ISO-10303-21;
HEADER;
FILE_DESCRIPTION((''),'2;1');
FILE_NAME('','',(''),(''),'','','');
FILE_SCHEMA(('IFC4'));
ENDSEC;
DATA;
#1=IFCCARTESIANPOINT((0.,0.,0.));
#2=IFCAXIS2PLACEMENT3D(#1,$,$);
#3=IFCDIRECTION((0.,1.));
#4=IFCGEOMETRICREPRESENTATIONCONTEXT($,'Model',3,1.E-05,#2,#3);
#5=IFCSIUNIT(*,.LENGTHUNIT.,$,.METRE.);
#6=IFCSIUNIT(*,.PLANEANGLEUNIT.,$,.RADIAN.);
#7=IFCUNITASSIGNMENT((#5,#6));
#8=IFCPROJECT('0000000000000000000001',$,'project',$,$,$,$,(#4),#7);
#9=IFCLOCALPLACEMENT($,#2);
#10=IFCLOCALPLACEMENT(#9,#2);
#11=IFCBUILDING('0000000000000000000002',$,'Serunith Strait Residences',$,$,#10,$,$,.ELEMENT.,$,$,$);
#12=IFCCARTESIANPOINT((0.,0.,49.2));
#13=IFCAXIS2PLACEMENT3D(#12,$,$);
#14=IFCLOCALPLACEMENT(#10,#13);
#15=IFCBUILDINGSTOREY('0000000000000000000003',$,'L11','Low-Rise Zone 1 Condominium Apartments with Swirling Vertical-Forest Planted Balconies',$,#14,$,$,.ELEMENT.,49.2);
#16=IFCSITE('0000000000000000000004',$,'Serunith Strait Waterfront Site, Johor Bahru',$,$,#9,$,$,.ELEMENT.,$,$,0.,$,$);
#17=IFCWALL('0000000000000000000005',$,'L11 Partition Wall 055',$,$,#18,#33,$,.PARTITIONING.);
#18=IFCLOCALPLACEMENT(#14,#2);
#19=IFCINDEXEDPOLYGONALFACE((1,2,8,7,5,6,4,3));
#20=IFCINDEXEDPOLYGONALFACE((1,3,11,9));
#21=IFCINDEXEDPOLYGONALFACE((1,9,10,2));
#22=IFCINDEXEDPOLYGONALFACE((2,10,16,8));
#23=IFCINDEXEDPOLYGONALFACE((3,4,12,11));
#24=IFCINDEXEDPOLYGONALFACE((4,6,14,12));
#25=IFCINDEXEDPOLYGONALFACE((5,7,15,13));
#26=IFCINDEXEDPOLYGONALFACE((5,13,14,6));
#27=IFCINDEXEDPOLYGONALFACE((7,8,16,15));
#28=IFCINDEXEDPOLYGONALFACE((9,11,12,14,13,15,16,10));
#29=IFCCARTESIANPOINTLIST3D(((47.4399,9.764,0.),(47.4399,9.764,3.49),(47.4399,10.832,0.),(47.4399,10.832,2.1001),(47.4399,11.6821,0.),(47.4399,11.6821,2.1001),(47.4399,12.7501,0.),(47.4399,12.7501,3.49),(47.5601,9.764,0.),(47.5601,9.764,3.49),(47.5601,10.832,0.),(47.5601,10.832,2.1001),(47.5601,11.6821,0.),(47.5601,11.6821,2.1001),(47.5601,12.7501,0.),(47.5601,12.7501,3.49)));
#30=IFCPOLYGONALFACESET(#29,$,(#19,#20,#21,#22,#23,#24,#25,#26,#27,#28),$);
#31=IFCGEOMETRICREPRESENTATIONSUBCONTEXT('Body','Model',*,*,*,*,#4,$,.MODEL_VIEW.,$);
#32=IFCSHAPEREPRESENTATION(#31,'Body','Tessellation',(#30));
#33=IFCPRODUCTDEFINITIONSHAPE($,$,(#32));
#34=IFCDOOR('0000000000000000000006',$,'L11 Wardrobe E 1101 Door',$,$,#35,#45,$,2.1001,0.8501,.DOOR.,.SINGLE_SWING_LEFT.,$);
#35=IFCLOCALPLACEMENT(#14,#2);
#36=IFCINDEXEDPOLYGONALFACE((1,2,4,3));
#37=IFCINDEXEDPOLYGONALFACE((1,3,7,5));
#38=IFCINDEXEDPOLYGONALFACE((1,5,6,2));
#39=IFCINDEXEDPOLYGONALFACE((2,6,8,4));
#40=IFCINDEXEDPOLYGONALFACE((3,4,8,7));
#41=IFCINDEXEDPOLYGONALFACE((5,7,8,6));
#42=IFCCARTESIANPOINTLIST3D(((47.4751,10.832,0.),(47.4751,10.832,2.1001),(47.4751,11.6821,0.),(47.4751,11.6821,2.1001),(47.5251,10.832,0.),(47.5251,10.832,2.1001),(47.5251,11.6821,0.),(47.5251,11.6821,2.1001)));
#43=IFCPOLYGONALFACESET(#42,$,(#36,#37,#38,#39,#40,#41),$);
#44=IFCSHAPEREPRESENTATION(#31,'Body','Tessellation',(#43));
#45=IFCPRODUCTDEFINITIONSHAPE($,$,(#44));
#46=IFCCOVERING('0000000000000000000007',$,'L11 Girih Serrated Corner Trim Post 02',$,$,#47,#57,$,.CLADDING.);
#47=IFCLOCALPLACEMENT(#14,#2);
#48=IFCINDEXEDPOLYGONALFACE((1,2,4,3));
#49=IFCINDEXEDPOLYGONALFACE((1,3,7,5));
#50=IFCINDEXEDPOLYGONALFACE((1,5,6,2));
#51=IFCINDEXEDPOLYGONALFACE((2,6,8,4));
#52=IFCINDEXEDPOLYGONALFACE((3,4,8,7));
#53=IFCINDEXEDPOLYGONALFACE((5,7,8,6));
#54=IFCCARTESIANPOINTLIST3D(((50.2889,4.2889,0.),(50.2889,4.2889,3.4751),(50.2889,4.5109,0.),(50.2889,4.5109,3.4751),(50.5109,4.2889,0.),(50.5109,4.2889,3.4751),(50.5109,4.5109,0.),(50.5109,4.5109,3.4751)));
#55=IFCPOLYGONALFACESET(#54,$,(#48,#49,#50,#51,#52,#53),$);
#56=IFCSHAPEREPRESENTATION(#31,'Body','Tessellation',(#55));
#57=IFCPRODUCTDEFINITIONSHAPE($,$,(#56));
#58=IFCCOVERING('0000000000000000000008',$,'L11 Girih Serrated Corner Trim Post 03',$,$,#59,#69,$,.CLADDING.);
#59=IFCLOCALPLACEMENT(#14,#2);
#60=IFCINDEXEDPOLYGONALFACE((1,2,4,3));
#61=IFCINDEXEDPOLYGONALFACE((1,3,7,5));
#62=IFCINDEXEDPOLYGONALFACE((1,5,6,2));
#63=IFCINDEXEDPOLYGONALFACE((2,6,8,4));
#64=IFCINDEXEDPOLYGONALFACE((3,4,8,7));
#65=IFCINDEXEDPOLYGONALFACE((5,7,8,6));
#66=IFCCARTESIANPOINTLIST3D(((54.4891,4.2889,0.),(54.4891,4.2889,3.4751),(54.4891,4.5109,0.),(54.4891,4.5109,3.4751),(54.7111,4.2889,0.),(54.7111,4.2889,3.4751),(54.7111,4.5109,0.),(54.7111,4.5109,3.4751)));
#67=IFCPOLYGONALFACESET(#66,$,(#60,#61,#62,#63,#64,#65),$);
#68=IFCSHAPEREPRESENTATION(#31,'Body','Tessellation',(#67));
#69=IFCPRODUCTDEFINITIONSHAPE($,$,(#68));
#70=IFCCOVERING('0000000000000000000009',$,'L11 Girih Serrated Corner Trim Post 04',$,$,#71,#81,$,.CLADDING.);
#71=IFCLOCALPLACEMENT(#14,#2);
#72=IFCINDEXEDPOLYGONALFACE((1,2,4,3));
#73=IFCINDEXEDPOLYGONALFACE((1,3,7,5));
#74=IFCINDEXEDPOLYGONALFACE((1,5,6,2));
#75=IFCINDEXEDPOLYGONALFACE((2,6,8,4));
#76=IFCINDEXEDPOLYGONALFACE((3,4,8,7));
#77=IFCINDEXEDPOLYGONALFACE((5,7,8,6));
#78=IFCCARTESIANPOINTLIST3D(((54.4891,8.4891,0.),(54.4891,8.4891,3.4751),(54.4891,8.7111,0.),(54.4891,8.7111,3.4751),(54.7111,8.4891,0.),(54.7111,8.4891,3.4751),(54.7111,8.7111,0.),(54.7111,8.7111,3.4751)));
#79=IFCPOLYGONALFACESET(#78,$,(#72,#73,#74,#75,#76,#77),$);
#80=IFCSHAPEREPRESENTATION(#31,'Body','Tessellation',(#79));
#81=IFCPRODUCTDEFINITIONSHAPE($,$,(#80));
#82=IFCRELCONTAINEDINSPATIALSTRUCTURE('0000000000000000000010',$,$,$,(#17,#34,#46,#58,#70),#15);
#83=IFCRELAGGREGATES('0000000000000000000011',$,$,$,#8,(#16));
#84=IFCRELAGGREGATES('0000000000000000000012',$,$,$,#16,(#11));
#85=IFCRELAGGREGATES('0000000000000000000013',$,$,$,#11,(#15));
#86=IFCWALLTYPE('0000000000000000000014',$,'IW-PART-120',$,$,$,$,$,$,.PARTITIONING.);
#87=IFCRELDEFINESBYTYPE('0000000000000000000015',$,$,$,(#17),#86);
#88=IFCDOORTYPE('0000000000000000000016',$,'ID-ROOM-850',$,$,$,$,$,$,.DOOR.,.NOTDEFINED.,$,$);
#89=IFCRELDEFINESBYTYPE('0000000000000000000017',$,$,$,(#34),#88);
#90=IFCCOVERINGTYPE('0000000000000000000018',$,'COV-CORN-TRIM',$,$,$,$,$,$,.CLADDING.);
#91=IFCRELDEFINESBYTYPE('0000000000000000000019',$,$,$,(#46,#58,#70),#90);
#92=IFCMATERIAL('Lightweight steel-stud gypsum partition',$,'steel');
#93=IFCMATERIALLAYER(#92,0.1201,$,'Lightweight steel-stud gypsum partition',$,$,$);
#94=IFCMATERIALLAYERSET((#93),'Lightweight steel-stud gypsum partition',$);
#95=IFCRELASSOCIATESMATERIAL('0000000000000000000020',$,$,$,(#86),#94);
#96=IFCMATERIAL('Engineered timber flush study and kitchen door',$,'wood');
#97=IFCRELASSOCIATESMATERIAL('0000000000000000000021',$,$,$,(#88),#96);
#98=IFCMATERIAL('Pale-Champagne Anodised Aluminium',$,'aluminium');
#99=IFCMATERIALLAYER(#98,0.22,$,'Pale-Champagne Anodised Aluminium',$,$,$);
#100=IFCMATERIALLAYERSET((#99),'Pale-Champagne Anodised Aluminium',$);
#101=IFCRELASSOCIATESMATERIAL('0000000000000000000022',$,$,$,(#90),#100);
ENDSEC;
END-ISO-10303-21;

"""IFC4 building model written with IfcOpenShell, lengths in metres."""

from ifc_helpers import new_model, si_unit, direction, frame, frame_2d, origin, origin_2d, place, context, subcontext, project, spatial, rectangle, extrude, source, transform, mapped, material, layer, layer_set, type_object, element, fill, save


model = new_model("IFC4")

# Units and contexts
model_context = context("Model", 3, precision=1e-05, world=origin(), true_north=direction((0.0, 1.0)))
body_context = subcontext(model_context, "Body", "Model", "MODEL_VIEW")
ifc_project = project(units=[si_unit("LENGTHUNIT", "METRE"), si_unit("PLANEANGLEUNIT", "RADIAN")], contexts=[model_context])

# Site, building, storey
site_placement = place(None, origin())
site = spatial("IfcSite", under=ifc_project, at=site_placement, Name="Serunith Strait Waterfront Site, Johor Bahru", CompositionType="ELEMENT", RefElevation=0.0)
building_placement = place(site_placement, origin())
building = spatial("IfcBuilding", under=site, at=building_placement, Name="Serunith Strait Residences", CompositionType="ELEMENT")
storey_placement = place(building_placement, frame((0.0, 0.0, 49.2)))
storey = spatial("IfcBuildingStorey", under=building, at=storey_placement, Name="L11", Description="Low-Rise Zone 1 Condominium Apartments with Swirling Vertical-Forest Planted Balconies", CompositionType="ELEMENT", Elevation=49.2)

# Shared definitions
ifc_material_1 = material(Name="Pale-Champagne Anodised Aluminium", Category="aluminium")

# Shared definitions
ifc_material_2 = material(Name="Lightweight steel-stud gypsum partition", Category="steel")
ifc_layer_1 = layer(ifc_material_2, 0.1201, Name="Lightweight steel-stud gypsum partition")
ifc_layer_set_1 = layer_set([ifc_layer_1], Name="Lightweight steel-stud gypsum partition")
wall_type_1 = type_object("IfcWallType", Name="IW-PART-120", PredefinedType="PARTITIONING", material=ifc_layer_set_1)

# Wall, opening, door
shared_shape_1 = source(origin(), body_context, "Body", "SweptSolid", [
    extrude(rectangle(XDim=0.8501, YDim=2.1001, at=frame_2d((0.425, 1.05))), frame((0.0, 0.0249, 0.0), z_axis=(0.0, -1.0, 0.0), x_axis=(1.0, 0.0, 0.0)), (0.0, 0.0, 1.0), 0.05),
])
wall_1_placement = place(storey_placement, frame((47.5, 9.7639, 0.0), z_axis=(0.0, 0.0, 1.0), x_axis=(0.0, 1.0, 0.0)))
wall_1 = element("IfcWall", 1, at=wall_1_placement, inside=storey, type_object=wall_type_1, Name="L11 Partition Wall 055", PredefinedType="PARTITIONING", context=body_context, shape_type="SweptSolid", body=[
    extrude(rectangle(XDim=2.9861, YDim=0.1201, at=frame_2d((1.4932, 0.0))), origin(), (0.0, 0.0, 1.0), 3.49),
])
opening_1_placement = place(wall_1_placement, frame((1.0681, 0.0, 0.0)))
opening_1 = element("IfcOpeningElement", 2, at=opening_1_placement, cuts=wall_1, PredefinedType="OPENING", context=body_context, shape_type="SweptSolid", body=[
    extrude(rectangle(XDim=0.8501, YDim=2.1001, at=frame_2d((0.425, 1.05))), frame((0.0, 0.0701, 0.0), z_axis=(0.0, -1.0, 0.0), x_axis=(1.0, 0.0, 0.0)), (0.0, 0.0, 1.0), 0.1401),
])
ifc_material_3 = material(Name="Engineered timber flush study and kitchen door", Category="wood")
door_type_1 = type_object("IfcDoorType", Name="ID-ROOM-850", OperationType="NOTDEFINED", PredefinedType="DOOR", material=ifc_material_3)
door_1_placement = place(opening_1_placement, origin())
door_1 = element("IfcDoor", 3, at=door_1_placement, inside=storey, type_object=door_type_1, Name="L11 Wardrobe E 1101 Door", OperationType="SINGLE_SWING_LEFT", OverallHeight=2.1001, OverallWidth=0.8501, PredefinedType="DOOR", context=body_context, shape_type="MappedRepresentation", body=[
    mapped(shared_shape_1, transform((0.0, 0.0, 0.0), scale=1.0)),
])
fill(opening_1, door_1)

# Coverings
ifc_layer_2 = layer(ifc_material_1, 0.22, Name="Pale-Champagne Anodised Aluminium")
ifc_layer_set_2 = layer_set([ifc_layer_2], Name="Pale-Champagne Anodised Aluminium")
covering_type = type_object("IfcCoveringType", Name="COV-CORN-TRIM", PredefinedType="CLADDING", material=ifc_layer_set_2)
shared_shape_2 = source(origin(), body_context, "Body", "SweptSolid", [
    extrude(rectangle(XDim=0.2219, YDim=0.2219, at=origin_2d()), origin(), (0.0, 0.0, 1.0), 3.4751),
])
for number, where, z_axis, x_axis, name in (
    (4, (50.3999, 4.3999, 0.0), (0.0, 0.0, 1.0), (1.0, 0.0, 0.0), "L11 Girih Serrated Corner Trim Post 02"),
    (5, (54.6001, 4.3999, 0.0), (0.0, 0.0, 1.0), (1.0, 0.0, 0.0), "L11 Girih Serrated Corner Trim Post 03"),
    (6, (54.6001, 8.6001, 0.0), (0.0, 0.0, 1.0), (1.0, 0.0, 0.0), "L11 Girih Serrated Corner Trim Post 04"),
):
    element("IfcCovering", number, at=place(storey_placement, frame(where, z_axis=z_axis, x_axis=x_axis)), inside=storey, type_object=covering_type, Name=name, PredefinedType="CLADDING", context=body_context, shape_type="MappedRepresentation", body=[
        mapped(shared_shape_2, transform((0.0, 0.0, 0.0), scale=1.0)),
    ])

save(model, "model.ifc")
